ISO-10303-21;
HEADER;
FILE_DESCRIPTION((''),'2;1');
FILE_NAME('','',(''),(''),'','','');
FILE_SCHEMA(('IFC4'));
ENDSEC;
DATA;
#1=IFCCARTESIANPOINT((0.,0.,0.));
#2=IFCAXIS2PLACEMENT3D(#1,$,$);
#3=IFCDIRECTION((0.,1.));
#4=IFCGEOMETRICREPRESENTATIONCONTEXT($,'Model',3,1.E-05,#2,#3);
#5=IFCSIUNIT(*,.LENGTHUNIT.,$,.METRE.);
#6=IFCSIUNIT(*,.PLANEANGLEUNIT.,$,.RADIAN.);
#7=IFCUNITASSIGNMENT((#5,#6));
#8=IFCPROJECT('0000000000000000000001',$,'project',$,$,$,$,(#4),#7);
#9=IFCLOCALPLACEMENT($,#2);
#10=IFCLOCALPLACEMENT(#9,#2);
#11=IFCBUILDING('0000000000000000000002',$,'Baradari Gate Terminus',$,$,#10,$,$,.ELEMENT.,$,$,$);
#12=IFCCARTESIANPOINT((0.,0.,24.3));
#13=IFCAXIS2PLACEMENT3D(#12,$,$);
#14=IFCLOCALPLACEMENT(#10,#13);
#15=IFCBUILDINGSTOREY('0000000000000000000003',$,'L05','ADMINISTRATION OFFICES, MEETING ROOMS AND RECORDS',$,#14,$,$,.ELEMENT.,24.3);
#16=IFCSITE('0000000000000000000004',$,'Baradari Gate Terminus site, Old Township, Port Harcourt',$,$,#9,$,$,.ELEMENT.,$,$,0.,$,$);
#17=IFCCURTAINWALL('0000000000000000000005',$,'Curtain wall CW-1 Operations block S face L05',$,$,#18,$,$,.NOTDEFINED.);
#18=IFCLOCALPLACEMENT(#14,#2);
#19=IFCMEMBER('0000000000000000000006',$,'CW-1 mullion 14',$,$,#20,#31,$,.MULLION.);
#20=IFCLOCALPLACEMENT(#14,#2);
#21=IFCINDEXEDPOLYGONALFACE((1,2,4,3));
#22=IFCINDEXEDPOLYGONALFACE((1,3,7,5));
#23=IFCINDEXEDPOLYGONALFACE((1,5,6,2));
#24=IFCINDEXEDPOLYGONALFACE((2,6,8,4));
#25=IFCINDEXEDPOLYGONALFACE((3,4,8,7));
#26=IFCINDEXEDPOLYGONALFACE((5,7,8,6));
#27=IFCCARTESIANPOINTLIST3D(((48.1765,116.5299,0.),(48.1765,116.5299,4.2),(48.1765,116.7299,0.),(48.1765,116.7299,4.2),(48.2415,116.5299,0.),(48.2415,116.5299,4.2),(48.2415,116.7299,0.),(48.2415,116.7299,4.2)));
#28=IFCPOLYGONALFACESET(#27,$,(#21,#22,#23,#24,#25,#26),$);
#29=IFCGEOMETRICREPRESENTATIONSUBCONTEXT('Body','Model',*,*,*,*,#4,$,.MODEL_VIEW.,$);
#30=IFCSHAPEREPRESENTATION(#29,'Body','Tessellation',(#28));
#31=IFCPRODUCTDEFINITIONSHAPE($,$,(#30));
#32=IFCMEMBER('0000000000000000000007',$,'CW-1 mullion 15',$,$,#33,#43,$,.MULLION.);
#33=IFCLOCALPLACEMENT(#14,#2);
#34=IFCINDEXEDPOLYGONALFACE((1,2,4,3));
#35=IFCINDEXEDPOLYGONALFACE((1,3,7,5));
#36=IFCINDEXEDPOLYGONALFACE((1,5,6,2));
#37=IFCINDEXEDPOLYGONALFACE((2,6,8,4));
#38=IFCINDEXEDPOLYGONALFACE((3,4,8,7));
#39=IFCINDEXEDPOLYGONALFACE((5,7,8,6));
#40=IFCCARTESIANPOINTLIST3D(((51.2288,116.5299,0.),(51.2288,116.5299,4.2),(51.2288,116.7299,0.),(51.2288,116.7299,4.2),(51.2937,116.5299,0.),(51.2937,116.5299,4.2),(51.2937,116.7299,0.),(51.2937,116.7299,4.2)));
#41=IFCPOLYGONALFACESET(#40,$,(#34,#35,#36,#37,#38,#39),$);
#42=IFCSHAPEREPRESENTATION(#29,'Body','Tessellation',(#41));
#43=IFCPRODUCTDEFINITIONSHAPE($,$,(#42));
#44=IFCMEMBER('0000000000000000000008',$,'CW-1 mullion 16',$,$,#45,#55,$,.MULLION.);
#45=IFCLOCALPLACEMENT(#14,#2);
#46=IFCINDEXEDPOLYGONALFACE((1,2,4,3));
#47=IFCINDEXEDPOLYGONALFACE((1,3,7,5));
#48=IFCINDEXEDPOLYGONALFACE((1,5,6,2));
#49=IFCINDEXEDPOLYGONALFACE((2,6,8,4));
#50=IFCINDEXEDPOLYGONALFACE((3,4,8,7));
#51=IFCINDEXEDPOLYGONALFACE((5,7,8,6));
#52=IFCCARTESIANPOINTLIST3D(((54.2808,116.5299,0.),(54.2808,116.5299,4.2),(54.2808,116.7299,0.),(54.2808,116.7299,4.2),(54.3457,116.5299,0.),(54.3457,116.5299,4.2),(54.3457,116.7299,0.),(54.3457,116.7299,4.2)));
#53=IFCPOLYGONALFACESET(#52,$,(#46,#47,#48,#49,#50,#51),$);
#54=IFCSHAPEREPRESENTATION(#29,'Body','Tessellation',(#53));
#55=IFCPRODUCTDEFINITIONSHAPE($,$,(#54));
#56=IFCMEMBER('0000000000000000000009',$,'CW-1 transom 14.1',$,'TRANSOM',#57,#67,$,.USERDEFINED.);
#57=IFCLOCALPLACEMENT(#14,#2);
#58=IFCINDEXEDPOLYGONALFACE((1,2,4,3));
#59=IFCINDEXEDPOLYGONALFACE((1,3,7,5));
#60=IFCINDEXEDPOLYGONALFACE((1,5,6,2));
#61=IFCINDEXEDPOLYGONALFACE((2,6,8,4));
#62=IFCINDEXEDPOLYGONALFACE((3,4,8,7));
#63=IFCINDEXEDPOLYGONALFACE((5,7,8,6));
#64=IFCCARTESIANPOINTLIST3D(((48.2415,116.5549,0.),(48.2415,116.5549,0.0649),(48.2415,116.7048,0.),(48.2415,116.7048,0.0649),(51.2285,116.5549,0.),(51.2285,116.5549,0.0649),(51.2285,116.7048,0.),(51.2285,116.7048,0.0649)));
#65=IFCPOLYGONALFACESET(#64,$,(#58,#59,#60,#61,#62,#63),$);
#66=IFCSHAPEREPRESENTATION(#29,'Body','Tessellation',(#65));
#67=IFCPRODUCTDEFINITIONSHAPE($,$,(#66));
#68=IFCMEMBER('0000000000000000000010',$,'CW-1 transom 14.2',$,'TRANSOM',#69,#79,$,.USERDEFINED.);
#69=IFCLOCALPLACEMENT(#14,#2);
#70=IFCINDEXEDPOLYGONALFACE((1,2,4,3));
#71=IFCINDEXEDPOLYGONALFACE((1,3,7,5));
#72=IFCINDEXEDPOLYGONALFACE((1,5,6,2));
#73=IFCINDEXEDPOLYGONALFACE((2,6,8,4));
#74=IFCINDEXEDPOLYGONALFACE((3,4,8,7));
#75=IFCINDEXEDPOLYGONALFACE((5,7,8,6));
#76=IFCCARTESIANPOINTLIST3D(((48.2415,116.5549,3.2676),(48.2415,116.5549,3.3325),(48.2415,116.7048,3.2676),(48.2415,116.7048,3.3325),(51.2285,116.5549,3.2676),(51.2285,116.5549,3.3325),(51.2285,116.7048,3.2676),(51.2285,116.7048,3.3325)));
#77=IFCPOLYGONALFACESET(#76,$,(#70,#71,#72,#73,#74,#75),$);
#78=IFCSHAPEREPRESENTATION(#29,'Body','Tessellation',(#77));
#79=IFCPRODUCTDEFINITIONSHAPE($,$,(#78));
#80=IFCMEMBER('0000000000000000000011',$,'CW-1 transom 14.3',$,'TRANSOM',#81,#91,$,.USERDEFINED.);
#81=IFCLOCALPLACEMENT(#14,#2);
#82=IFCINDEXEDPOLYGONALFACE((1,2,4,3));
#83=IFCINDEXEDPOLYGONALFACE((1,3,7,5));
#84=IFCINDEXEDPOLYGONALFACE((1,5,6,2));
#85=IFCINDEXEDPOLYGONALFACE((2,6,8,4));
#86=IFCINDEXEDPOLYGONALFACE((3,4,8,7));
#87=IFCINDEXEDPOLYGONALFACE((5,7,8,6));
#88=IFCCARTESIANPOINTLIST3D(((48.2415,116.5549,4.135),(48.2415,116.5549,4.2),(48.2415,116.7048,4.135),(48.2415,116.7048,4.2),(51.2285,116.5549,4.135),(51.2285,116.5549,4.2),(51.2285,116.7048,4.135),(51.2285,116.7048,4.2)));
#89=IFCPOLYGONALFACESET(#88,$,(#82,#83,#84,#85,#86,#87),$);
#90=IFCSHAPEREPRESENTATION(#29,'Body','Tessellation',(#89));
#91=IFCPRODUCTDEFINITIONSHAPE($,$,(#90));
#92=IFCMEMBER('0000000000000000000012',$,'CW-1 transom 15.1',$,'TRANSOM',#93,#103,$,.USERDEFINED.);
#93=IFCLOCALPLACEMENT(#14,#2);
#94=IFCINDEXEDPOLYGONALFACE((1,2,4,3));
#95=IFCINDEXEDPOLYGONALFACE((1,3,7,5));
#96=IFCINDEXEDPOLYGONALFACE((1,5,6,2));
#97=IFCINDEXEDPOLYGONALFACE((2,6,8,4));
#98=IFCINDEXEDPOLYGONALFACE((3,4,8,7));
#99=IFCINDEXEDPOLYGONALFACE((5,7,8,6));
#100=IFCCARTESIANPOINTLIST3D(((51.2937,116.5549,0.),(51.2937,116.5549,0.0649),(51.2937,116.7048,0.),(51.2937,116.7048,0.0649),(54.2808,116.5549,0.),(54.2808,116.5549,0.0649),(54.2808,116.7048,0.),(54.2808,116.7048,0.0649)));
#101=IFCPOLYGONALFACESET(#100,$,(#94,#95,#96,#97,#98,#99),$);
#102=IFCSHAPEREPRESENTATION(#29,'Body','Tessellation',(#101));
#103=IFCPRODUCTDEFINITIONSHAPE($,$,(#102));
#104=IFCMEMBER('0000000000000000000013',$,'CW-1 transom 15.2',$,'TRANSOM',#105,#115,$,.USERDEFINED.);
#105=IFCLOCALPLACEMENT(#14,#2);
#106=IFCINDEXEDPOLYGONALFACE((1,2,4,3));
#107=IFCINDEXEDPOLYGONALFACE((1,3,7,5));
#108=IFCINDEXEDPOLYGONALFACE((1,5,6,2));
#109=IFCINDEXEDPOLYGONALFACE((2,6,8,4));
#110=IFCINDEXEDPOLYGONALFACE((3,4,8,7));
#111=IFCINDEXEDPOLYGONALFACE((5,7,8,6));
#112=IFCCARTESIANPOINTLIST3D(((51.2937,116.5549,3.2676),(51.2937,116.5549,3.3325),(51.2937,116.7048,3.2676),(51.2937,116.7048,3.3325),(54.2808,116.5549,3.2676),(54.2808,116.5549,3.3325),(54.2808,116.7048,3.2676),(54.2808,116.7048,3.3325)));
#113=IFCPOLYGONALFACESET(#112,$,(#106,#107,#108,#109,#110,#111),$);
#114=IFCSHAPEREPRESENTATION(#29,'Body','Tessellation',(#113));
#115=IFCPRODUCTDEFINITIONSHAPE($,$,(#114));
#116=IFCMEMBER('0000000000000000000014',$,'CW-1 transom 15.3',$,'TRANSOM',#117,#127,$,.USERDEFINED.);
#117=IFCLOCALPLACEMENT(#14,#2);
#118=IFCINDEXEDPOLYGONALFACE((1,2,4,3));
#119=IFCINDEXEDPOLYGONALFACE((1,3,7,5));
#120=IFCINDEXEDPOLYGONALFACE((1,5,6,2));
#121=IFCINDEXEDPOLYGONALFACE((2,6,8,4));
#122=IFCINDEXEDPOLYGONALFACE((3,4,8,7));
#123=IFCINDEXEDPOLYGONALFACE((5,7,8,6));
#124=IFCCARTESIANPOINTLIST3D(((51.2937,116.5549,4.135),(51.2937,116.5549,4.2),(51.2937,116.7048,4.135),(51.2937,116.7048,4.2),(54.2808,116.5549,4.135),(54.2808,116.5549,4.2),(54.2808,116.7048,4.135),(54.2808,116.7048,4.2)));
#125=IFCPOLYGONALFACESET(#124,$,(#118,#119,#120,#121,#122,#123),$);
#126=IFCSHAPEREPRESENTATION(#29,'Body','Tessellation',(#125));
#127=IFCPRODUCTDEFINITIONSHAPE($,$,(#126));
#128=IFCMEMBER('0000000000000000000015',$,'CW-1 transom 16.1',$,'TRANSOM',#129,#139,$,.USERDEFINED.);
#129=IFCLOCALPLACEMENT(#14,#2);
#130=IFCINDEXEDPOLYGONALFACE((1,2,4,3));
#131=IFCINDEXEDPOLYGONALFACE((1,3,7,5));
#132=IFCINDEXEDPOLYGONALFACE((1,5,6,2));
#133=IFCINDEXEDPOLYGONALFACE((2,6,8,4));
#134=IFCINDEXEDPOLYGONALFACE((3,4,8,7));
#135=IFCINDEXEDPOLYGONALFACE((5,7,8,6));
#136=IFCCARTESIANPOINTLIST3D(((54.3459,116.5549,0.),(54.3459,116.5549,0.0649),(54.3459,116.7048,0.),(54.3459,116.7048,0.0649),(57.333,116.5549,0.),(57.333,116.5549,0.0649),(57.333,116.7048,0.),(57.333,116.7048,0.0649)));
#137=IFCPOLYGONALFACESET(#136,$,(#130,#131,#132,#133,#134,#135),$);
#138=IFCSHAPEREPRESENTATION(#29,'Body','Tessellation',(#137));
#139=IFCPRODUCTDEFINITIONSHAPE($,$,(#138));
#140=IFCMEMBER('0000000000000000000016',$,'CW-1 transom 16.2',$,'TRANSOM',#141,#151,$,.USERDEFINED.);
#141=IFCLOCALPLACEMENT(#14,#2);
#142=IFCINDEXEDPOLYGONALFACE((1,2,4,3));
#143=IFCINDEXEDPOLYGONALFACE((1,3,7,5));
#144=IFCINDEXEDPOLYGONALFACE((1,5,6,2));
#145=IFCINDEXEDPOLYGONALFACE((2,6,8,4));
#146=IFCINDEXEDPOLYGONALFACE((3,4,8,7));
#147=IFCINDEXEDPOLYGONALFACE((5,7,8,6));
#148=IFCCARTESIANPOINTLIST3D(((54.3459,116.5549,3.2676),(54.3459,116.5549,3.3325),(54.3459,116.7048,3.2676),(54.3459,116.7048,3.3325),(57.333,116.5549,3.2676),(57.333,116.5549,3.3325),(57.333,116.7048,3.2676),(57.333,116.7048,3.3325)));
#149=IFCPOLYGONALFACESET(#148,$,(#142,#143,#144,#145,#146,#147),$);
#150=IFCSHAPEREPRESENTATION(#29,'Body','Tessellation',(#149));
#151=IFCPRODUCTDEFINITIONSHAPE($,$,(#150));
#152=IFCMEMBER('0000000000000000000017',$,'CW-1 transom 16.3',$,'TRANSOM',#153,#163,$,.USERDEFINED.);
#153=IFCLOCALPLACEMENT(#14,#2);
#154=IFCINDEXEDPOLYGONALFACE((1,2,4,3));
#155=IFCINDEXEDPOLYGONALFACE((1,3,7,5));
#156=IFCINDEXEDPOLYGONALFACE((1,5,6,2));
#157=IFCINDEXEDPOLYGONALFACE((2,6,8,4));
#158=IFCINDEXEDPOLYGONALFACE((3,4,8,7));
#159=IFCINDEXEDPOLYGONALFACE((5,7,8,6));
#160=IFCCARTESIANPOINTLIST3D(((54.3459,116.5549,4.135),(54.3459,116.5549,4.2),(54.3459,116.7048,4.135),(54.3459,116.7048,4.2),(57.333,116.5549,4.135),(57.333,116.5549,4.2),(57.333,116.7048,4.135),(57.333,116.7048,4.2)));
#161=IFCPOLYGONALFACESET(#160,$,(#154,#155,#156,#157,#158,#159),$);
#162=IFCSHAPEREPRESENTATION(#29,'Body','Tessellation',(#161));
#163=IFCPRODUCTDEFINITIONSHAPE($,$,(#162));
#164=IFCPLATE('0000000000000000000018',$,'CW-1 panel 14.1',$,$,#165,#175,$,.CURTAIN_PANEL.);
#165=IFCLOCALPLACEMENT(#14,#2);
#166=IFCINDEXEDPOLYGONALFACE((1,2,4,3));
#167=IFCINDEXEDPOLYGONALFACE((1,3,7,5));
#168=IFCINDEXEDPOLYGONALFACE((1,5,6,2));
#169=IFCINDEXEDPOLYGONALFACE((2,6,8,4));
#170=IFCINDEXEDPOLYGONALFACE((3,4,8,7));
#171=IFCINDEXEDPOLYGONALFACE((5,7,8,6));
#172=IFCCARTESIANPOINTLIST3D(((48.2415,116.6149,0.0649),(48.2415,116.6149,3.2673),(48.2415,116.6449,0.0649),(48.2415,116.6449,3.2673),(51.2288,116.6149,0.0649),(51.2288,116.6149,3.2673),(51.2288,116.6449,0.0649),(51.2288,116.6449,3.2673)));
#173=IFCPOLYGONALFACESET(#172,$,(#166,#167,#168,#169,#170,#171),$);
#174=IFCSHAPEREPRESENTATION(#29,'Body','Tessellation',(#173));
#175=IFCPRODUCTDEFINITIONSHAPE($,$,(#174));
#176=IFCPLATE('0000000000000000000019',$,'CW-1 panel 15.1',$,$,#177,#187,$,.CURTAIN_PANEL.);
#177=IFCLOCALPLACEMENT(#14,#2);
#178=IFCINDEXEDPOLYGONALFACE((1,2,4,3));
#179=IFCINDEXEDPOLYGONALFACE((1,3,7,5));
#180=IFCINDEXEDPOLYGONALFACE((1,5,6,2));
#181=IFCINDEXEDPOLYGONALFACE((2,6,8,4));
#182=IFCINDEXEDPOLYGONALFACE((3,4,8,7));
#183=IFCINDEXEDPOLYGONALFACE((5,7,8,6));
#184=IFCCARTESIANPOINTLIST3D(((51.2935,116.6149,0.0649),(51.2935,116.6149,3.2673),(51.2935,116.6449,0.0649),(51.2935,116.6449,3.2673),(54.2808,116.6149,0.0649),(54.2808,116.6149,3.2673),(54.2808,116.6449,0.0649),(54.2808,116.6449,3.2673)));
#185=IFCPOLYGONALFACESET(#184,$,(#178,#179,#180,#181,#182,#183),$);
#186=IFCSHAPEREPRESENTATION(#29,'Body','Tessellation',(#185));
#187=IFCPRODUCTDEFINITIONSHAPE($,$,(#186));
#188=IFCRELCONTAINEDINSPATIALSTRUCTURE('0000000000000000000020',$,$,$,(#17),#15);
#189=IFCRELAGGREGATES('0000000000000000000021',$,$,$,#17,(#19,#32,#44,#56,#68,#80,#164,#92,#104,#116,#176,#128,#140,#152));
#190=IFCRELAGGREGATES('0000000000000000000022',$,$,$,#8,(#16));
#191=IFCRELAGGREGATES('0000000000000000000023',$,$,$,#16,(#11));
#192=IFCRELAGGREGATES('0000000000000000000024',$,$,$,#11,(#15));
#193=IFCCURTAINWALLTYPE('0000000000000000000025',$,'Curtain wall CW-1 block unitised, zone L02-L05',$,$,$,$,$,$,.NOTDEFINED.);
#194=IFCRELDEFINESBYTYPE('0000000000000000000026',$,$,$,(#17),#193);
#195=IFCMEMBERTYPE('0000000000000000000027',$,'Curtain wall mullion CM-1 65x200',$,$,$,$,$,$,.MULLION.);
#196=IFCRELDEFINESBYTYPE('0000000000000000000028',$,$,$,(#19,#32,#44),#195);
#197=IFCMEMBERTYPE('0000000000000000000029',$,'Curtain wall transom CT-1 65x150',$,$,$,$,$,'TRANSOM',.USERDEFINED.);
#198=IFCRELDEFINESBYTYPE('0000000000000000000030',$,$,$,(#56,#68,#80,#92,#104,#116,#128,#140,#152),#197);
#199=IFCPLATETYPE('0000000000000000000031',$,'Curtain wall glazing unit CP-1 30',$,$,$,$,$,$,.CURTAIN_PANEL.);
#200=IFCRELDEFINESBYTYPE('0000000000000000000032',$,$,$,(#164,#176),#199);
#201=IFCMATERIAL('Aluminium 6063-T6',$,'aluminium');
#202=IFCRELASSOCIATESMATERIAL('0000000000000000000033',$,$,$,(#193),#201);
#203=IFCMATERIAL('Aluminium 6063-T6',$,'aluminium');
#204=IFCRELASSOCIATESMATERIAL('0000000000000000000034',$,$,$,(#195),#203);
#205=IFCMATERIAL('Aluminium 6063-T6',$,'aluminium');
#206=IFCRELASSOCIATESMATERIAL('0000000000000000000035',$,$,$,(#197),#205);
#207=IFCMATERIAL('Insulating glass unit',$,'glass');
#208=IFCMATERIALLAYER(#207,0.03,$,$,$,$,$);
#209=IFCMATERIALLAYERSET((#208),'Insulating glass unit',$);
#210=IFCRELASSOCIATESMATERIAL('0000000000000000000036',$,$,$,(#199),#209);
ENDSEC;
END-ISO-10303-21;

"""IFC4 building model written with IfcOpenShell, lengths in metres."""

from ifc_helpers import new_model, si_unit, direction, frame, origin, origin_2d, place, context, subcontext, project, spatial, rectangle, extrude, material, layer, layer_set, material_profile, profile_set, type_object, element, aggregate, save


model = new_model("IFC4")

# Units and contexts
model_context = context("Model", 3, precision=1e-05, world=origin(), true_north=direction((0.0, 1.0)))
body_context = subcontext(model_context, "Body", "Model", "MODEL_VIEW")
ifc_project = project(units=[si_unit("LENGTHUNIT", "METRE"), si_unit("PLANEANGLEUNIT", "RADIAN")], contexts=[model_context])

# Site, building, storey
site_placement = place(None, origin())
site = spatial("IfcSite", under=ifc_project, at=site_placement, Name="Baradari Gate Terminus site, Old Township, Port Harcourt", CompositionType="ELEMENT", RefElevation=0.0)
building_placement = place(site_placement, origin())
building = spatial("IfcBuilding", under=site, at=building_placement, Name="Baradari Gate Terminus", CompositionType="ELEMENT")
storey_placement = place(building_placement, frame((0.0, 0.0, 24.3)))
storey = spatial("IfcBuildingStorey", under=building, at=storey_placement, Name="L05", Description="ADMINISTRATION OFFICES, MEETING ROOMS AND RECORDS", CompositionType="ELEMENT", Elevation=24.3)

# Curtain wall, members, plates
ifc_material_1 = material(Name="Aluminium 6063-T6", Category="aluminium")
curtain_wall_type = type_object("IfcCurtainWallType", Name="Curtain wall CW-1 block unitised, zone L02-L05", PredefinedType="NOTDEFINED", material=ifc_material_1)
curtain_wall_placement = place(storey_placement, origin())
curtain_wall = element("IfcCurtainWall", 1, at=curtain_wall_placement, inside=storey, type_object=curtain_wall_type, Name="Curtain wall CW-1 Operations block S face L05", PredefinedType="NOTDEFINED")
ifc_material_2 = material(Name="Aluminium 6063-T6", Category="aluminium")
ifc_material_profile_1 = material_profile(ifc_material_2, rectangle(XDim=0.2, YDim=0.0649, at=origin_2d()), Name="CM-1 65X200")
ifc_profile_set_1 = profile_set([ifc_material_profile_1], Name="Aluminium 6063-T6")
member_type_1 = type_object("IfcMemberType", Name="Curtain wall mullion CM-1 65x200", PredefinedType="MULLION", material=ifc_profile_set_1)
member_1_placement = place(storey_placement, frame((48.209, 116.6299, 0.0), z_axis=(0.0, 0.0, 1.0), x_axis=(0.0, 1.0, 0.0)))
member_1 = element("IfcMember", 2, at=member_1_placement, type_object=member_type_1, Name="CW-1 mullion 14", PredefinedType="MULLION", context=body_context, shape_type="SweptSolid", body=[
    extrude(rectangle(XDim=0.2, YDim=0.0649, at=origin_2d()), origin(), (0.0, 0.0, 1.0), 4.2),
])
member_2_placement = place(storey_placement, frame((51.2612, 116.6299, 0.0), z_axis=(0.0, 0.0, 1.0), x_axis=(0.0, 1.0, 0.0)))
member_2 = element("IfcMember", 3, at=member_2_placement, type_object=member_type_1, Name="CW-1 mullion 15", PredefinedType="MULLION", context=body_context, shape_type="SweptSolid", body=[
    extrude(rectangle(XDim=0.2, YDim=0.0649, at=origin_2d()), origin(), (0.0, 0.0, 1.0), 4.2),
])
member_3_placement = place(storey_placement, frame((54.3132, 116.6299, 0.0), z_axis=(0.0, 0.0, 1.0), x_axis=(0.0, 1.0, 0.0)))
member_3 = element("IfcMember", 4, at=member_3_placement, type_object=member_type_1, Name="CW-1 mullion 16", PredefinedType="MULLION", context=body_context, shape_type="SweptSolid", body=[
    extrude(rectangle(XDim=0.2, YDim=0.0649, at=origin_2d()), origin(), (0.0, 0.0, 1.0), 4.2),
])
ifc_material_3 = material(Name="Aluminium 6063-T6", Category="aluminium")
ifc_material_profile_2 = material_profile(ifc_material_3, rectangle(XDim=0.1499, YDim=0.0649, at=origin_2d()), Name="CT-1 65X150")
ifc_profile_set_2 = profile_set([ifc_material_profile_2], Name="Aluminium 6063-T6")
member_type_2 = type_object("IfcMemberType", Name="Curtain wall transom CT-1 65x150", ElementType="TRANSOM", PredefinedType="USERDEFINED", material=ifc_profile_set_2)
member_4_placement = place(storey_placement, frame((48.2415, 116.6299, 0.0325), z_axis=(1.0, 0.0, 0.0), x_axis=(0.0, 1.0, 0.0)))
member_4 = element("IfcMember", 5, at=member_4_placement, type_object=member_type_2, Name="CW-1 transom 14.1", ObjectType="TRANSOM", PredefinedType="USERDEFINED", context=body_context, shape_type="SweptSolid", body=[
    extrude(rectangle(XDim=0.1499, YDim=0.0649, at=origin_2d()), origin(), (0.0, 0.0, 1.0), 2.9871),
])
member_5_placement = place(storey_placement, frame((48.2415, 116.6299, 3.3), z_axis=(1.0, 0.0, 0.0), x_axis=(0.0, 1.0, 0.0)))
member_5 = element("IfcMember", 6, at=member_5_placement, type_object=member_type_2, Name="CW-1 transom 14.2", ObjectType="TRANSOM", PredefinedType="USERDEFINED", context=body_context, shape_type="SweptSolid", body=[
    extrude(rectangle(XDim=0.1499, YDim=0.0649, at=origin_2d()), origin(), (0.0, 0.0, 1.0), 2.9871),
])
member_6_placement = place(storey_placement, frame((48.2415, 116.6299, 4.1675), z_axis=(1.0, 0.0, 0.0), x_axis=(0.0, 1.0, 0.0)))
member_6 = element("IfcMember", 7, at=member_6_placement, type_object=member_type_2, Name="CW-1 transom 14.3", ObjectType="TRANSOM", PredefinedType="USERDEFINED", context=body_context, shape_type="SweptSolid", body=[
    extrude(rectangle(XDim=0.1499, YDim=0.0649, at=origin_2d()), origin(), (0.0, 0.0, 1.0), 2.9871),
])
member_7_placement = place(storey_placement, frame((51.2937, 116.6299, 0.0325), z_axis=(1.0, 0.0, 0.0), x_axis=(0.0, 1.0, 0.0)))
member_7 = element("IfcMember", 8, at=member_7_placement, type_object=member_type_2, Name="CW-1 transom 15.1", ObjectType="TRANSOM", PredefinedType="USERDEFINED", context=body_context, shape_type="SweptSolid", body=[
    extrude(rectangle(XDim=0.1499, YDim=0.0649, at=origin_2d()), origin(), (0.0, 0.0, 1.0), 2.9871),
])
member_8_placement = place(storey_placement, frame((51.2937, 116.6299, 3.3), z_axis=(1.0, 0.0, 0.0), x_axis=(0.0, 1.0, 0.0)))
member_8 = element("IfcMember", 9, at=member_8_placement, type_object=member_type_2, Name="CW-1 transom 15.2", ObjectType="TRANSOM", PredefinedType="USERDEFINED", context=body_context, shape_type="SweptSolid", body=[
    extrude(rectangle(XDim=0.1499, YDim=0.0649, at=origin_2d()), origin(), (0.0, 0.0, 1.0), 2.9871),
])
member_9_placement = place(storey_placement, frame((51.2937, 116.6299, 4.1675), z_axis=(1.0, 0.0, 0.0), x_axis=(0.0, 1.0, 0.0)))
member_9 = element("IfcMember", 10, at=member_9_placement, type_object=member_type_2, Name="CW-1 transom 15.3", ObjectType="TRANSOM", PredefinedType="USERDEFINED", context=body_context, shape_type="SweptSolid", body=[
    extrude(rectangle(XDim=0.1499, YDim=0.0649, at=origin_2d()), origin(), (0.0, 0.0, 1.0), 2.9871),
])
member_10_placement = place(storey_placement, frame((54.3459, 116.6299, 0.0325), z_axis=(1.0, 0.0, 0.0), x_axis=(0.0, 1.0, 0.0)))
member_10 = element("IfcMember", 11, at=member_10_placement, type_object=member_type_2, Name="CW-1 transom 16.1", ObjectType="TRANSOM", PredefinedType="USERDEFINED", context=body_context, shape_type="SweptSolid", body=[
    extrude(rectangle(XDim=0.1499, YDim=0.0649, at=origin_2d()), origin(), (0.0, 0.0, 1.0), 2.9871),
])
member_11_placement = place(storey_placement, frame((54.3459, 116.6299, 3.3), z_axis=(1.0, 0.0, 0.0), x_axis=(0.0, 1.0, 0.0)))
member_11 = element("IfcMember", 12, at=member_11_placement, type_object=member_type_2, Name="CW-1 transom 16.2", ObjectType="TRANSOM", PredefinedType="USERDEFINED", context=body_context, shape_type="SweptSolid", body=[
    extrude(rectangle(XDim=0.1499, YDim=0.0649, at=origin_2d()), origin(), (0.0, 0.0, 1.0), 2.9871),
])
member_12_placement = place(storey_placement, frame((54.3459, 116.6299, 4.1675), z_axis=(1.0, 0.0, 0.0), x_axis=(0.0, 1.0, 0.0)))
member_12 = element("IfcMember", 13, at=member_12_placement, type_object=member_type_2, Name="CW-1 transom 16.3", ObjectType="TRANSOM", PredefinedType="USERDEFINED", context=body_context, shape_type="SweptSolid", body=[
    extrude(rectangle(XDim=0.1499, YDim=0.0649, at=origin_2d()), origin(), (0.0, 0.0, 1.0), 2.9871),
])
ifc_material_4 = material(Name="Insulating glass unit", Category="glass")
ifc_layer_1 = layer(ifc_material_4, 0.03)
ifc_layer_set_1 = layer_set([ifc_layer_1], Name="Insulating glass unit")
plate_type_1 = type_object("IfcPlateType", Name="Curtain wall glazing unit CP-1 30", PredefinedType="CURTAIN_PANEL", material=ifc_layer_set_1)
plate_1_placement = place(storey_placement, frame((49.7351, 116.6299, 0.0649), z_axis=(0.0, 0.0, 1.0), x_axis=(1.0, 0.0, 0.0)))
plate_1 = element("IfcPlate", 14, at=plate_1_placement, type_object=plate_type_1, Name="CW-1 panel 14.1", PredefinedType="CURTAIN_PANEL", context=body_context, shape_type="SweptSolid", body=[
    extrude(rectangle(XDim=2.9873, YDim=0.03, at=origin_2d()), origin(), (0.0, 0.0, 1.0), 3.2024),
])
plate_2_placement = place(storey_placement, frame((52.7871, 116.6299, 0.0649), z_axis=(0.0, 0.0, 1.0), x_axis=(1.0, 0.0, 0.0)))
plate_2 = element("IfcPlate", 15, at=plate_2_placement, type_object=plate_type_1, Name="CW-1 panel 15.1", PredefinedType="CURTAIN_PANEL", context=body_context, shape_type="SweptSolid", body=[
    extrude(rectangle(XDim=2.9873, YDim=0.03, at=origin_2d()), origin(), (0.0, 0.0, 1.0), 3.2024),
])
aggregate(curtain_wall, [member_1, member_2, member_3, member_4, member_5, member_6, plate_1, member_7, member_8, member_9, plate_2, member_10, member_11, member_12])

save(model, "model.ifc")
